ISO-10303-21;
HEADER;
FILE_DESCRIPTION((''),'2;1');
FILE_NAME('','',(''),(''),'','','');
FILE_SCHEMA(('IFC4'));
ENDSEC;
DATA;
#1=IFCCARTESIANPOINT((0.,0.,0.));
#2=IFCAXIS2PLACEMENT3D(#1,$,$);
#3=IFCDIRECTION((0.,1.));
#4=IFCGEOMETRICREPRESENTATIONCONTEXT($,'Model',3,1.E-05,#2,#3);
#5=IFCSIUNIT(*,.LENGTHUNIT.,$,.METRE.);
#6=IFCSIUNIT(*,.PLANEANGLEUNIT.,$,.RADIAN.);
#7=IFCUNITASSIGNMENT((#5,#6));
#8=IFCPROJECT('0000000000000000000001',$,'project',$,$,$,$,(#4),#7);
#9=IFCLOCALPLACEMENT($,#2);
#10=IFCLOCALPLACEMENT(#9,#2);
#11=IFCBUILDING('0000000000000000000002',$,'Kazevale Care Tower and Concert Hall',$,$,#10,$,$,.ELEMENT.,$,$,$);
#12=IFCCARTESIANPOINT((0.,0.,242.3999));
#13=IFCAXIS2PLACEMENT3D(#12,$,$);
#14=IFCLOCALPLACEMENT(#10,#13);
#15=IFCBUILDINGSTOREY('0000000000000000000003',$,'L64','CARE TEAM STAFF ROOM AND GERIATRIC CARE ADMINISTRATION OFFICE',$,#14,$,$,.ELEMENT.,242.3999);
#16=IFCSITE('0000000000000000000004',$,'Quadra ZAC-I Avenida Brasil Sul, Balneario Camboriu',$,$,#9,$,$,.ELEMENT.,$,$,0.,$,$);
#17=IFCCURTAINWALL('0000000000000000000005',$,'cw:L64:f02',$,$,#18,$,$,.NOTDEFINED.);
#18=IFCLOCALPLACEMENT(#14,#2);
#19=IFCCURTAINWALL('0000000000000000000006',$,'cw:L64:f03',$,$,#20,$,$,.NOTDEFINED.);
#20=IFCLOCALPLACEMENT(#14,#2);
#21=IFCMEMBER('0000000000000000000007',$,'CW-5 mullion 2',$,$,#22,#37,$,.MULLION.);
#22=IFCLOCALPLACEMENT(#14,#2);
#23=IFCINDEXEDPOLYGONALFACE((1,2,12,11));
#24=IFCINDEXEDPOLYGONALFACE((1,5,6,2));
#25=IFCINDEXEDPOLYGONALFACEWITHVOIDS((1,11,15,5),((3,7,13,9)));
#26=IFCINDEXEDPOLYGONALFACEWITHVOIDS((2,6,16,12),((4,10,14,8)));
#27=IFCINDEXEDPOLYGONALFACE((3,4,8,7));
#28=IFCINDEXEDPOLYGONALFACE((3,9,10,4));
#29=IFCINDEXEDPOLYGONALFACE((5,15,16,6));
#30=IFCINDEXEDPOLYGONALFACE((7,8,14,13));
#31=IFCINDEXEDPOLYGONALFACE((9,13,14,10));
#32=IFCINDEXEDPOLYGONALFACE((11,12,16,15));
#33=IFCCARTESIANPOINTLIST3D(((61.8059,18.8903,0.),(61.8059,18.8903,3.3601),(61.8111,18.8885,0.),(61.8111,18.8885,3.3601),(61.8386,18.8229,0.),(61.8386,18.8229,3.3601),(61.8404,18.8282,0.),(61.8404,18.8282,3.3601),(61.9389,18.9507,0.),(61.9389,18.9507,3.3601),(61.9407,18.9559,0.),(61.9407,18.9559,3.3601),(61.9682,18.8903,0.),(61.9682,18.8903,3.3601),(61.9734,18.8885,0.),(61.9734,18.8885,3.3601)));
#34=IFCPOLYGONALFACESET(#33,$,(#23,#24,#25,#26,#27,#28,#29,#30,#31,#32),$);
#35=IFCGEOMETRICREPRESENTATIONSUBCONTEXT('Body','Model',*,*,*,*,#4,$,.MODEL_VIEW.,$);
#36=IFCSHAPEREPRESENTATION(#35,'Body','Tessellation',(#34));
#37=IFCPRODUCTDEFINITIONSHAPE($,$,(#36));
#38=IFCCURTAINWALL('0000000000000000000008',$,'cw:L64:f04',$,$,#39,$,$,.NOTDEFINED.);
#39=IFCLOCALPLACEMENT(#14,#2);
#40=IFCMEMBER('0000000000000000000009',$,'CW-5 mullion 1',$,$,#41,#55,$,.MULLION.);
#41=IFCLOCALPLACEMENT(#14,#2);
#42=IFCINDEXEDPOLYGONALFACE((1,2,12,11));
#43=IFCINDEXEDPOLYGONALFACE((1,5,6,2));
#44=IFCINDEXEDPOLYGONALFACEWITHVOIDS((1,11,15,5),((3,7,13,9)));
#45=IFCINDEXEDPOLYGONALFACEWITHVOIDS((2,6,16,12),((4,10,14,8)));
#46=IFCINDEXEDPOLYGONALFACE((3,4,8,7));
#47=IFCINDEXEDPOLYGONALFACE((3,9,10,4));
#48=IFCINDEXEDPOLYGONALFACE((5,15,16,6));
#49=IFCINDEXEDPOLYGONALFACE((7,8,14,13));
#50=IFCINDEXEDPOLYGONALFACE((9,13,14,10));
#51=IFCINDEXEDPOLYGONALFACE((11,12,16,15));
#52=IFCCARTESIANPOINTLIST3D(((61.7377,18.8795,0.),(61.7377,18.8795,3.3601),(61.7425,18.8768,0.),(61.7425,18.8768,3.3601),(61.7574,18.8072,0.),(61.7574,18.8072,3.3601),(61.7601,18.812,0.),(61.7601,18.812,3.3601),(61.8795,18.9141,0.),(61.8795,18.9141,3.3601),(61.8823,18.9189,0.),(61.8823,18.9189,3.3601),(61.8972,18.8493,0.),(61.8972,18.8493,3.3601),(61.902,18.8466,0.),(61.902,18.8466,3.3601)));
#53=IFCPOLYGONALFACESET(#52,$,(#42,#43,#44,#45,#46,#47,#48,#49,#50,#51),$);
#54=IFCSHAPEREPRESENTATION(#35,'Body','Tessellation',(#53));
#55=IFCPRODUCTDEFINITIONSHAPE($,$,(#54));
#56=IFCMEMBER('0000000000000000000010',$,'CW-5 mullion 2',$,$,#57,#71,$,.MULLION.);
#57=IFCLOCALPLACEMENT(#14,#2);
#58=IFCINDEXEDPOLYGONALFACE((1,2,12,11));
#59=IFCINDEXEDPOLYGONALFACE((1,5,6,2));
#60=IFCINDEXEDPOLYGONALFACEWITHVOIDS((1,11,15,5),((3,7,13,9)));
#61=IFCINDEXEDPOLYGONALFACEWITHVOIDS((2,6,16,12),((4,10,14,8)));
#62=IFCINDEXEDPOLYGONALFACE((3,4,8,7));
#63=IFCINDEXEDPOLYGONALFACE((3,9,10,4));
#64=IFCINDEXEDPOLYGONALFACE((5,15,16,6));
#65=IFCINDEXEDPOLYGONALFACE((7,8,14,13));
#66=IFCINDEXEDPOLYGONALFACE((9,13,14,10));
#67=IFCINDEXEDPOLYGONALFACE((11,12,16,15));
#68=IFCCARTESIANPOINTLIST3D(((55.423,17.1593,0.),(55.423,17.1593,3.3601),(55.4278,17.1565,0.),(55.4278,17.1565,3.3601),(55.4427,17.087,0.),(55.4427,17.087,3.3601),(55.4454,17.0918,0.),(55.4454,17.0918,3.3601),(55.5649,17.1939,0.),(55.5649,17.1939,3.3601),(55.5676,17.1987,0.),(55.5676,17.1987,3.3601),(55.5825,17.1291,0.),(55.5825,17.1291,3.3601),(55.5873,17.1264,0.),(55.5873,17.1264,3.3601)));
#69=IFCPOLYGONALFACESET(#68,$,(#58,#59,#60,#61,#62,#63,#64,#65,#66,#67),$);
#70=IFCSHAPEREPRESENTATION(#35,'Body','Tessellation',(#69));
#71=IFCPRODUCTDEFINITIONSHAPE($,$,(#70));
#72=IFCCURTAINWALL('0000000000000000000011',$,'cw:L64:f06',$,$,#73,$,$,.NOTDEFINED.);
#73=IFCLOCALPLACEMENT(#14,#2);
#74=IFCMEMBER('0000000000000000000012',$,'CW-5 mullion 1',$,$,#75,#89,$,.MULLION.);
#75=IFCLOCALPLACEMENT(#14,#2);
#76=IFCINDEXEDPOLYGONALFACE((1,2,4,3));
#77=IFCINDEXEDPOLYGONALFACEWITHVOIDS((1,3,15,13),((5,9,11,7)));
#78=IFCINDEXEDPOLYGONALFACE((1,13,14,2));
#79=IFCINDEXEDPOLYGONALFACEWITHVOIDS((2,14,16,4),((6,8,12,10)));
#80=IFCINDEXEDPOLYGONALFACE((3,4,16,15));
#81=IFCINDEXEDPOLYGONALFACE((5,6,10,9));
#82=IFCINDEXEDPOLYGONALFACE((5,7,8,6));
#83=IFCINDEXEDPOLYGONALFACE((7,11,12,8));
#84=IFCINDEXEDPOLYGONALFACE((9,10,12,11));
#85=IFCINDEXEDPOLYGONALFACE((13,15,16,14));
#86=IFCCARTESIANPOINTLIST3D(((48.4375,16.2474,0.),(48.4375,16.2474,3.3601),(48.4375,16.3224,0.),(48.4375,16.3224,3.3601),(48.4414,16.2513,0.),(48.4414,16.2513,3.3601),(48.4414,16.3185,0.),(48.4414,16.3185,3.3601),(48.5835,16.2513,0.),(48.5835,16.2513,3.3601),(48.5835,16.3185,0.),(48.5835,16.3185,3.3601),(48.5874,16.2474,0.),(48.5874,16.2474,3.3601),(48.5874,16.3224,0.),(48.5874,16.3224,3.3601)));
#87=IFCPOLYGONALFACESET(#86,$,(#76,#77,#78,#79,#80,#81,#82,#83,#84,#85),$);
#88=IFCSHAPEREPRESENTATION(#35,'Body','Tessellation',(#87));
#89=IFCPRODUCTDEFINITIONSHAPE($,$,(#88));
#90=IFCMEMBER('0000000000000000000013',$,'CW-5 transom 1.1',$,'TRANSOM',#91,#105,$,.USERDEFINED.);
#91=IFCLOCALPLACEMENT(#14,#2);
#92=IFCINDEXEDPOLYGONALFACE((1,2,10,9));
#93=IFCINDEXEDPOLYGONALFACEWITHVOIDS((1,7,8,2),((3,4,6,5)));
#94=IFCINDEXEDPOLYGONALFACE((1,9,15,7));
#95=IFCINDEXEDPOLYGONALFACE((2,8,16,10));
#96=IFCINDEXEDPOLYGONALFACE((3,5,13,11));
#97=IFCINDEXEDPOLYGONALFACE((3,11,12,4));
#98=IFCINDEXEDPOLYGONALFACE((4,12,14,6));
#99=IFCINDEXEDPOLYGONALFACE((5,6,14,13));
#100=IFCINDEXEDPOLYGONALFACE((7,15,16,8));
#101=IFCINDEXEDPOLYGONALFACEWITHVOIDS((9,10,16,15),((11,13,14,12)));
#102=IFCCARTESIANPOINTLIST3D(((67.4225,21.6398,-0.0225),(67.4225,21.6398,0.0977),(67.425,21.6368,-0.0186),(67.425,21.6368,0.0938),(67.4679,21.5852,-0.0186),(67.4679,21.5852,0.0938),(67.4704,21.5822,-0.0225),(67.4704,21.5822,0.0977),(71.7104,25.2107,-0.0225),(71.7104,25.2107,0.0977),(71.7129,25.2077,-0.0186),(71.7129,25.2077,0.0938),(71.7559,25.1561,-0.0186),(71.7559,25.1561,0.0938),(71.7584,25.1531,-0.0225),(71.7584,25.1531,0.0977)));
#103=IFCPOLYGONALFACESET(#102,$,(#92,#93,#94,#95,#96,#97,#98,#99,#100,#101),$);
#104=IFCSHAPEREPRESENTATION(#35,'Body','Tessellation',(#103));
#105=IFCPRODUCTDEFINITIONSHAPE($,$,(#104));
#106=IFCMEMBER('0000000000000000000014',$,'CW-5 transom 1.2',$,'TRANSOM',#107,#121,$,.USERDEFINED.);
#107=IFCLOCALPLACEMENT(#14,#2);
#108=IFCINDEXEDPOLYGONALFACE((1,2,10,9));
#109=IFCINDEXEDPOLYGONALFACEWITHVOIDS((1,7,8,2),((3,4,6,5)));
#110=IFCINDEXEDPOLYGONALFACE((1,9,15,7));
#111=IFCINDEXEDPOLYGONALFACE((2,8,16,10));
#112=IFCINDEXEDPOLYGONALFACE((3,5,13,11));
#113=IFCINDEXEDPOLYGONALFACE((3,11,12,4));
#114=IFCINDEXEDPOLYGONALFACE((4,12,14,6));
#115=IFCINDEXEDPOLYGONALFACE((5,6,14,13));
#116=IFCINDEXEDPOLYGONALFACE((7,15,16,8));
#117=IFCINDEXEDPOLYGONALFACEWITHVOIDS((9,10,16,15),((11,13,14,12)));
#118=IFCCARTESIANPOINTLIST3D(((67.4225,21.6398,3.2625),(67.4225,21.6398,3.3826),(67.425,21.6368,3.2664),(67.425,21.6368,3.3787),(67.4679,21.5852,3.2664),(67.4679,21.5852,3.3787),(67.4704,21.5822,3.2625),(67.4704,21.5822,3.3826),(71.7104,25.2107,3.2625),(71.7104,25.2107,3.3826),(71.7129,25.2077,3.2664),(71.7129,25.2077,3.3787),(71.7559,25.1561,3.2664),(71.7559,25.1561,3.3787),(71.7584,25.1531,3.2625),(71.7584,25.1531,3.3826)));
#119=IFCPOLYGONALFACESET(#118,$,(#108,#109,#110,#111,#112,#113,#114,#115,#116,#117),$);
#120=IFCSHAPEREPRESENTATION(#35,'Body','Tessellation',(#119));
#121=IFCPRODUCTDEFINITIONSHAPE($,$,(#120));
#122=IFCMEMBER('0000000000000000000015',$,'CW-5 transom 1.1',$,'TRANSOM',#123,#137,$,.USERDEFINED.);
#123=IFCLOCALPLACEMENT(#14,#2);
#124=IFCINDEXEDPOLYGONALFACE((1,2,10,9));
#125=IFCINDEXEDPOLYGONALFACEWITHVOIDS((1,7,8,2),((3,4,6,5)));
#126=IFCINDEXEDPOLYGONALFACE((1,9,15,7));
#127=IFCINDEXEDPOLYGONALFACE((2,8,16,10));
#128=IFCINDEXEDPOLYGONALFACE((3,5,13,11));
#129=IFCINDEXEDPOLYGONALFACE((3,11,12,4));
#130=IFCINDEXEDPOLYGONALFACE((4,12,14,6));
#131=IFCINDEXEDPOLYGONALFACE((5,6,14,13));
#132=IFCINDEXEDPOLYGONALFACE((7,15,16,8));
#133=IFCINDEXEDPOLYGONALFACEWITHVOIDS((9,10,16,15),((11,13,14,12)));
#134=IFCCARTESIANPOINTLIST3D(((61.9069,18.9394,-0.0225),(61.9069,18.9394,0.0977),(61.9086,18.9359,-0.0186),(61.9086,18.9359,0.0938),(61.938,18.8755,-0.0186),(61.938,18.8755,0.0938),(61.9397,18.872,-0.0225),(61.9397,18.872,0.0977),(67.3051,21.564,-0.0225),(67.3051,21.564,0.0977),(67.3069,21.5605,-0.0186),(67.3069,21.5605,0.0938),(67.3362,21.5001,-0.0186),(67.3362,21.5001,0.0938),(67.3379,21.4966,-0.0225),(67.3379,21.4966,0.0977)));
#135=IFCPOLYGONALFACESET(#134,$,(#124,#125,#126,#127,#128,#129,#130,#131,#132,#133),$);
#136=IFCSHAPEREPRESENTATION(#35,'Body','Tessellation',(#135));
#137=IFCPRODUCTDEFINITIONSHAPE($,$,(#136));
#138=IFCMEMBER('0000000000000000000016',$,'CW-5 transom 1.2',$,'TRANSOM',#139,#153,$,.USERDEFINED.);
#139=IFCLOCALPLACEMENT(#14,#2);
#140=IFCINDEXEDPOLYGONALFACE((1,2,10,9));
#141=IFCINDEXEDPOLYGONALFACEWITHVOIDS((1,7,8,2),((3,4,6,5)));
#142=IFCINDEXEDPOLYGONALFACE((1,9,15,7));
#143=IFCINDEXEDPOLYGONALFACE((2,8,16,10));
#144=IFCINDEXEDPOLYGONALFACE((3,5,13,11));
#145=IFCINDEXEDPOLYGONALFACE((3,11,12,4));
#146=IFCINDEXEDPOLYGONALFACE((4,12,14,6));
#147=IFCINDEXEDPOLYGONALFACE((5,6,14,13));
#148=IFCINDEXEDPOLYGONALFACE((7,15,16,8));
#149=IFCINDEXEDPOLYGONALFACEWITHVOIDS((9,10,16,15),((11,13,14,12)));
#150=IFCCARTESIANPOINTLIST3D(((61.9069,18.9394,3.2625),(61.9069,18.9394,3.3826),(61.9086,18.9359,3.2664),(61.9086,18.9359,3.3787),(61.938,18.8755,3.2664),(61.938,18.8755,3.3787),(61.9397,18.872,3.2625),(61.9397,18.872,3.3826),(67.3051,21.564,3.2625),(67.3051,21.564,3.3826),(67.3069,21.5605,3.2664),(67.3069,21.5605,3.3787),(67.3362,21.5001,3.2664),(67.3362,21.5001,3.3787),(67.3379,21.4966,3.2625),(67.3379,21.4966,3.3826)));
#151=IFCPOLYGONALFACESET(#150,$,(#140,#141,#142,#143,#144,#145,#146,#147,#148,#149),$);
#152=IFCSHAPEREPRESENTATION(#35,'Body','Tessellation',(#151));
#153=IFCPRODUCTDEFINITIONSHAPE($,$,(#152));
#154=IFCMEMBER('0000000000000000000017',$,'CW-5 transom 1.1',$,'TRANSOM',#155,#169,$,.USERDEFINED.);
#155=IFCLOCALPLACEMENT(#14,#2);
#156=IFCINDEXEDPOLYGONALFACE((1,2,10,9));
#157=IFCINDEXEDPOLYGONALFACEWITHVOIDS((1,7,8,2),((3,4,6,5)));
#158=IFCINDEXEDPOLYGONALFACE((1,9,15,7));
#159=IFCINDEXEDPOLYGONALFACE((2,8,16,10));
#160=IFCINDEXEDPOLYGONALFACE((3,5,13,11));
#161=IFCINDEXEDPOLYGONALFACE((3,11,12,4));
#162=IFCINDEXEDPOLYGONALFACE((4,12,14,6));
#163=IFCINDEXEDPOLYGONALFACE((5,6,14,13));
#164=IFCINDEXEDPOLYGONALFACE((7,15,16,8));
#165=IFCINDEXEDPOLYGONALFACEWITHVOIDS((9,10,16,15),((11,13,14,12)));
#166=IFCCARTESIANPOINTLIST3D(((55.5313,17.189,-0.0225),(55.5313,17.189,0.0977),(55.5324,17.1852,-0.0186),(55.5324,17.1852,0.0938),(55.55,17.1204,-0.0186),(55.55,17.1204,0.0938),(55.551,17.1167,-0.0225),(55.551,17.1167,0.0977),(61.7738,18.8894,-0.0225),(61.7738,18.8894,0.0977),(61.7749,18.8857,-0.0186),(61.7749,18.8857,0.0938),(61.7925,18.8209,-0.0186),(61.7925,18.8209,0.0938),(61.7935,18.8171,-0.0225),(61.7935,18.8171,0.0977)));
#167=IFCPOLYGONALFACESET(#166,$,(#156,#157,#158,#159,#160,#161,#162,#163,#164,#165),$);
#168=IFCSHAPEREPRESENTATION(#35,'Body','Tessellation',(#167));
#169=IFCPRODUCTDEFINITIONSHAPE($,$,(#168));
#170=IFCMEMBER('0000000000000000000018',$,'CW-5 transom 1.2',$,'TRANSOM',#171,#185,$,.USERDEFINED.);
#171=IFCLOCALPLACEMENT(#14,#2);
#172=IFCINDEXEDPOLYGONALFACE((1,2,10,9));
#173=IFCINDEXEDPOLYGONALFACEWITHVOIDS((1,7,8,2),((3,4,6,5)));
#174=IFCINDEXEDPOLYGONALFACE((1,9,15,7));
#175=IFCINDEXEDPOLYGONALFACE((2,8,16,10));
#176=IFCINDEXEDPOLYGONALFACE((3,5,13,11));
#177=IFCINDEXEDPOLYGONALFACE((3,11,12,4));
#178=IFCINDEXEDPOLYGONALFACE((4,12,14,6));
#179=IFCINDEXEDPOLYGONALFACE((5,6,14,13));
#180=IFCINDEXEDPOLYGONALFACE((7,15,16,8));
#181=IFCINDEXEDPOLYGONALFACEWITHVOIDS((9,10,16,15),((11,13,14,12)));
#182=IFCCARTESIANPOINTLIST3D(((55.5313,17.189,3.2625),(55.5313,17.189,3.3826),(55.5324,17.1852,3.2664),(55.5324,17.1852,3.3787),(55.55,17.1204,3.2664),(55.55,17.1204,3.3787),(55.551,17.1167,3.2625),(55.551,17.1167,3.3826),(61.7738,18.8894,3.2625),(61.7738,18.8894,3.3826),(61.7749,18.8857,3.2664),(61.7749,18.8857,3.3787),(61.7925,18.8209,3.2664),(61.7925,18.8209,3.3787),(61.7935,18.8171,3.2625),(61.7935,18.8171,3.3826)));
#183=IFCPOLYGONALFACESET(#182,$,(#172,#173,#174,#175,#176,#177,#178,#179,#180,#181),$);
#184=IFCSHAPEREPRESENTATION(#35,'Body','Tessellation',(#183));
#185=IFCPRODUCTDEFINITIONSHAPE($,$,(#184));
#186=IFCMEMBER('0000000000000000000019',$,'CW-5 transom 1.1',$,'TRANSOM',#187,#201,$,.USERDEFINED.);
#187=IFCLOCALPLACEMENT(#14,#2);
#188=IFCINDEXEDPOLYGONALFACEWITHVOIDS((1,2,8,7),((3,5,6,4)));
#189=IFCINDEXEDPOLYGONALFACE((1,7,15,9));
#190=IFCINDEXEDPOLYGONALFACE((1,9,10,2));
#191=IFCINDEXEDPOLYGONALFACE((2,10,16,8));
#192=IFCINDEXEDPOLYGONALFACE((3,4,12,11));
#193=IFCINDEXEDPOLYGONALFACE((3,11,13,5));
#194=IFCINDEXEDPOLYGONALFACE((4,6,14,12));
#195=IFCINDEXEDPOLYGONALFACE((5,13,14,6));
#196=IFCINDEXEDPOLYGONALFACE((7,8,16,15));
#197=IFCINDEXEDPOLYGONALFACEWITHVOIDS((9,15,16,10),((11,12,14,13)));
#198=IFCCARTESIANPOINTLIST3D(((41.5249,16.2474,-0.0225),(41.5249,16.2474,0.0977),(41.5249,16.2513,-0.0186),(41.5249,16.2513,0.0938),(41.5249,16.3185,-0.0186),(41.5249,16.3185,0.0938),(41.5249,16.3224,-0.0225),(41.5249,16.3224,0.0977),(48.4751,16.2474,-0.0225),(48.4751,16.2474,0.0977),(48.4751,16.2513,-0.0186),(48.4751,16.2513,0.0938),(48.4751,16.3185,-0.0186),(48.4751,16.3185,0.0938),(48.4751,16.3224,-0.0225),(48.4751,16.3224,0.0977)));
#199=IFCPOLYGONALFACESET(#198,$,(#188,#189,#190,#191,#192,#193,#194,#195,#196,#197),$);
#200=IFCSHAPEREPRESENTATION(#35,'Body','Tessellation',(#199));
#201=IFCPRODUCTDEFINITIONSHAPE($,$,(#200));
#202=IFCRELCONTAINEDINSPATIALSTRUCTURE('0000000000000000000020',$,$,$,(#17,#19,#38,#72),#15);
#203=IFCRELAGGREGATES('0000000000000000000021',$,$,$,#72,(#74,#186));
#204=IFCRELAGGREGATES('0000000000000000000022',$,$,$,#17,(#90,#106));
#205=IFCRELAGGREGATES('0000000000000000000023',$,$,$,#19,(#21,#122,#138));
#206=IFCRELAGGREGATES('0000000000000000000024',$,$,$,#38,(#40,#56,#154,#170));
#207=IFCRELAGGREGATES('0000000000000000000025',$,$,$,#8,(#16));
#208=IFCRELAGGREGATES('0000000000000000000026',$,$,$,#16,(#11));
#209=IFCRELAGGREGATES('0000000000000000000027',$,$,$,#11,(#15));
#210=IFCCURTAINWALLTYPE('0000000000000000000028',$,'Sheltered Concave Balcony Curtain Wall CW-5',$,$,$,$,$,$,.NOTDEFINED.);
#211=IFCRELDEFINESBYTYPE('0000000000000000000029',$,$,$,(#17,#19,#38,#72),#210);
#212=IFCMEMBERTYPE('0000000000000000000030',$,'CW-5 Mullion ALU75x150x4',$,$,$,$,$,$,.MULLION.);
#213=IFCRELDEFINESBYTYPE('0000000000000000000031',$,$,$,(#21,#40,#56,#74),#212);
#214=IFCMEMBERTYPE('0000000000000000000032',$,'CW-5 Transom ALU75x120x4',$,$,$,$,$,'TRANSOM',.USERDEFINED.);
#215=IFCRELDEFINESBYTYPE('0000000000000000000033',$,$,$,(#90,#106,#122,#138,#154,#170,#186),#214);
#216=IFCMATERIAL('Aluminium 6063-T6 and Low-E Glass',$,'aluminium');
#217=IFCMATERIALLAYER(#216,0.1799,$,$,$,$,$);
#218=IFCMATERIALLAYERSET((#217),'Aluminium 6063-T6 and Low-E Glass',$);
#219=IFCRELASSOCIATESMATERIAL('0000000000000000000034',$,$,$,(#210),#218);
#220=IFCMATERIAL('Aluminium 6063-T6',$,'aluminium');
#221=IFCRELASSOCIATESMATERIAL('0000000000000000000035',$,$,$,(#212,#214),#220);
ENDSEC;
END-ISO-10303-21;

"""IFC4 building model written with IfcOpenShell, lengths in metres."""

from ifc_helpers import new_model, si_unit, direction, frame, origin, origin_2d, place, context, subcontext, project, spatial, hollow_rectangle, extrude, material, layer, layer_set, material_profile, profile_set, type_object, element, aggregate, save


model = new_model("IFC4")

# Units and contexts
model_context = context("Model", 3, precision=1e-05, world=origin(), true_north=direction((0.0, 1.0)))
body_context = subcontext(model_context, "Body", "Model", "MODEL_VIEW")
ifc_project = project(units=[si_unit("LENGTHUNIT", "METRE"), si_unit("PLANEANGLEUNIT", "RADIAN")], contexts=[model_context])

# Site, building, storey
site_placement = place(None, origin())
site = spatial("IfcSite", under=ifc_project, at=site_placement, Name="Quadra ZAC-I Avenida Brasil Sul, Balneario Camboriu", CompositionType="ELEMENT", RefElevation=0.0)
building_placement = place(site_placement, origin())
building = spatial("IfcBuilding", under=site, at=building_placement, Name="Kazevale Care Tower and Concert Hall", CompositionType="ELEMENT")
storey_placement = place(building_placement, frame((0.0, 0.0, 242.3999)))
storey = spatial("IfcBuildingStorey", under=building, at=storey_placement, Name="L64", Description="CARE TEAM STAFF ROOM AND GERIATRIC CARE ADMINISTRATION OFFICE", CompositionType="ELEMENT", Elevation=242.3999)

# Curtain walls, members
ifc_material_1 = material(Name="Aluminium 6063-T6 and Low-E Glass", Category="aluminium")
ifc_layer_1 = layer(ifc_material_1, 0.1799)
ifc_layer_set_1 = layer_set([ifc_layer_1], Name="Aluminium 6063-T6 and Low-E Glass")
curtain_wall_type = type_object("IfcCurtainWallType", Name="Sheltered Concave Balcony Curtain Wall CW-5", PredefinedType="NOTDEFINED", material=ifc_layer_set_1)
curtain_wall_1_placement = place(storey_placement, origin())
curtain_wall_1 = element("IfcCurtainWall", 1, at=curtain_wall_1_placement, inside=storey, type_object=curtain_wall_type, Name="cw:L64:f02", PredefinedType="NOTDEFINED")
ifc_material_2 = material(Name="Aluminium 6063-T6", Category="aluminium")
ifc_material_profile_1 = material_profile(ifc_material_2, hollow_rectangle(XDim=0.075, YDim=0.1499, WallThickness=0.0039, at=origin_2d()), Name="ALU75x150x4")
ifc_profile_set_1 = profile_set([ifc_material_profile_1], Name="Aluminium 6063-T6")
member_type_1 = type_object("IfcMemberType", Name="CW-5 Mullion ALU75x150x4", PredefinedType="MULLION", material=ifc_profile_set_1)
curtain_wall_2_placement = place(storey_placement, origin())
curtain_wall_2 = element("IfcCurtainWall", 2, at=curtain_wall_2_placement, inside=storey, type_object=curtain_wall_type, Name="cw:L64:f03", PredefinedType="NOTDEFINED")
member_1_placement = place(storey_placement, frame((61.8896, 18.8894, 0.0), z_axis=(0.0, 0.0, 1.0), x_axis=(0.437238, -0.899346, 0.0)))
member_1 = element("IfcMember", 3, at=member_1_placement, type_object=member_type_1, Name="CW-5 mullion 2", PredefinedType="MULLION", context=body_context, shape_type="SweptSolid", body=[
    extrude(hollow_rectangle(XDim=0.075, YDim=0.1499, WallThickness=0.0039, at=origin_2d()), origin(), (0.0, 0.0, 1.0), 3.3601),
])
curtain_wall_3_placement = place(storey_placement, origin())
curtain_wall_3 = element("IfcCurtainWall", 4, at=curtain_wall_3_placement, inside=storey, type_object=curtain_wall_type, Name="cw:L64:f04", PredefinedType="NOTDEFINED")
member_2_placement = place(storey_placement, frame((61.8198, 18.863, 0.0), z_axis=(0.0, 0.0, 1.0), x_axis=(0.262849, -0.964837, 0.0)))
member_2 = element("IfcMember", 5, at=member_2_placement, type_object=member_type_1, Name="CW-5 mullion 1", PredefinedType="MULLION", context=body_context, shape_type="SweptSolid", body=[
    extrude(hollow_rectangle(XDim=0.075, YDim=0.1499, WallThickness=0.0039, at=origin_2d()), origin(), (0.0, 0.0, 1.0), 3.3601),
])
member_3_placement = place(storey_placement, frame((55.5051, 17.1428, 0.0), z_axis=(0.0, 0.0, 1.0), x_axis=(0.262849, -0.964837, 0.0)))
member_3 = element("IfcMember", 6, at=member_3_placement, type_object=member_type_1, Name="CW-5 mullion 2", PredefinedType="MULLION", context=body_context, shape_type="SweptSolid", body=[
    extrude(hollow_rectangle(XDim=0.075, YDim=0.1499, WallThickness=0.0039, at=origin_2d()), origin(), (0.0, 0.0, 1.0), 3.3601),
])

# Curtain wall, member
curtain_wall_4_placement = place(storey_placement, origin())
curtain_wall_4 = element("IfcCurtainWall", 7, at=curtain_wall_4_placement, inside=storey, type_object=curtain_wall_type, Name="cw:L64:f06", PredefinedType="NOTDEFINED")
member_4_placement = place(storey_placement, frame((48.5125, 16.2849, 0.0), z_axis=(0.0, 0.0, 1.0), x_axis=(0.0, -1.0, 0.0)))
member_4 = element("IfcMember", 8, at=member_4_placement, type_object=member_type_1, Name="CW-5 mullion 1", PredefinedType="MULLION", context=body_context, shape_type="SweptSolid", body=[
    extrude(hollow_rectangle(XDim=0.075, YDim=0.1499, WallThickness=0.0039, at=origin_2d()), origin(), (0.0, 0.0, 1.0), 3.3601),
])

# Members
ifc_material_profile_2 = material_profile(ifc_material_2, hollow_rectangle(XDim=0.075, YDim=0.1201, WallThickness=0.0039, at=origin_2d()), Name="ALU75x120x4")
ifc_profile_set_2 = profile_set([ifc_material_profile_2], Name="Aluminium 6063-T6")
member_type_2 = type_object("IfcMemberType", Name="CW-5 Transom ALU75x120x4", ElementType="TRANSOM", PredefinedType="USERDEFINED", material=ifc_profile_set_2)
member_5_placement = place(storey_placement, frame((71.7344, 25.1819, 0.0376), z_axis=(-0.768433, -0.63993, 0.0), x_axis=(0.63993, -0.768433, 0.0)))
member_5 = element("IfcMember", 9, at=member_5_placement, type_object=member_type_2, Name="CW-5 transom 1.1", ObjectType="TRANSOM", PredefinedType="USERDEFINED", context=body_context, shape_type="SweptSolid", body=[
    extrude(hollow_rectangle(XDim=0.075, YDim=0.1201, WallThickness=0.0039, at=origin_2d()), origin(), (0.0, 0.0, 1.0), 5.5801),
])
member_6_placement = place(storey_placement, frame((71.7344, 25.1819, 3.3225), z_axis=(-0.768433, -0.63993, 0.0), x_axis=(0.63993, -0.768433, 0.0)))
member_6 = element("IfcMember", 10, at=member_6_placement, type_object=member_type_2, Name="CW-5 transom 1.2", ObjectType="TRANSOM", PredefinedType="USERDEFINED", context=body_context, shape_type="SweptSolid", body=[
    extrude(hollow_rectangle(XDim=0.075, YDim=0.1201, WallThickness=0.0039, at=origin_2d()), origin(), (0.0, 0.0, 1.0), 5.5801),
])
member_7_placement = place(storey_placement, frame((67.3215, 21.5303, 0.0376), z_axis=(-0.899342, -0.437245, 0.0), x_axis=(0.437245, -0.899342, 0.0)))
member_7 = element("IfcMember", 11, at=member_7_placement, type_object=member_type_2, Name="CW-5 transom 1.1", ObjectType="TRANSOM", PredefinedType="USERDEFINED", context=body_context, shape_type="SweptSolid", body=[
    extrude(hollow_rectangle(XDim=0.075, YDim=0.1201, WallThickness=0.0039, at=origin_2d()), origin(), (0.0, 0.0, 1.0), 6.0024),
])
member_8_placement = place(storey_placement, frame((67.3215, 21.5303, 3.3225), z_axis=(-0.899342, -0.437245, 0.0), x_axis=(0.437245, -0.899342, 0.0)))
member_8 = element("IfcMember", 12, at=member_8_placement, type_object=member_type_2, Name="CW-5 transom 1.2", ObjectType="TRANSOM", PredefinedType="USERDEFINED", context=body_context, shape_type="SweptSolid", body=[
    extrude(hollow_rectangle(XDim=0.075, YDim=0.1201, WallThickness=0.0039, at=origin_2d()), origin(), (0.0, 0.0, 1.0), 6.0024),
])
member_9_placement = place(storey_placement, frame((61.7837, 18.8533, 0.0376), z_axis=(-0.964844, -0.262824, 0.0), x_axis=(0.262824, -0.964844, 0.0)))
member_9 = element("IfcMember", 13, at=member_9_placement, type_object=member_type_2, Name="CW-5 transom 1.1", ObjectType="TRANSOM", PredefinedType="USERDEFINED", context=body_context, shape_type="SweptSolid", body=[
    extrude(hollow_rectangle(XDim=0.075, YDim=0.1201, WallThickness=0.0039, at=origin_2d()), origin(), (0.0, 0.0, 1.0), 6.47),
])
member_10_placement = place(storey_placement, frame((61.7837, 18.8533, 3.3225), z_axis=(-0.964844, -0.262824, 0.0), x_axis=(0.262824, -0.964844, 0.0)))
member_10 = element("IfcMember", 14, at=member_10_placement, type_object=member_type_2, Name="CW-5 transom 1.2", ObjectType="TRANSOM", PredefinedType="USERDEFINED", context=body_context, shape_type="SweptSolid", body=[
    extrude(hollow_rectangle(XDim=0.075, YDim=0.1201, WallThickness=0.0039, at=origin_2d()), origin(), (0.0, 0.0, 1.0), 6.47),
])
member_11_placement = place(storey_placement, frame((48.4751, 16.2849, 0.0376), z_axis=(-1.0, 0.0, 0.0), x_axis=(0.0, -1.0, 0.0)))
member_11 = element("IfcMember", 15, at=member_11_placement, type_object=member_type_2, Name="CW-5 transom 1.1", ObjectType="TRANSOM", PredefinedType="USERDEFINED", context=body_context, shape_type="SweptSolid", body=[
    extrude(hollow_rectangle(XDim=0.075, YDim=0.1201, WallThickness=0.0039, at=origin_2d()), origin(), (0.0, 0.0, 1.0), 6.9502),
])
aggregate(curtain_wall_4, [member_4, member_11])

aggregate(curtain_wall_1, [member_5, member_6])
aggregate(curtain_wall_2, [member_1, member_7, member_8])
aggregate(curtain_wall_3, [member_2, member_3, member_9, member_10])

save(model, "model.ifc")
